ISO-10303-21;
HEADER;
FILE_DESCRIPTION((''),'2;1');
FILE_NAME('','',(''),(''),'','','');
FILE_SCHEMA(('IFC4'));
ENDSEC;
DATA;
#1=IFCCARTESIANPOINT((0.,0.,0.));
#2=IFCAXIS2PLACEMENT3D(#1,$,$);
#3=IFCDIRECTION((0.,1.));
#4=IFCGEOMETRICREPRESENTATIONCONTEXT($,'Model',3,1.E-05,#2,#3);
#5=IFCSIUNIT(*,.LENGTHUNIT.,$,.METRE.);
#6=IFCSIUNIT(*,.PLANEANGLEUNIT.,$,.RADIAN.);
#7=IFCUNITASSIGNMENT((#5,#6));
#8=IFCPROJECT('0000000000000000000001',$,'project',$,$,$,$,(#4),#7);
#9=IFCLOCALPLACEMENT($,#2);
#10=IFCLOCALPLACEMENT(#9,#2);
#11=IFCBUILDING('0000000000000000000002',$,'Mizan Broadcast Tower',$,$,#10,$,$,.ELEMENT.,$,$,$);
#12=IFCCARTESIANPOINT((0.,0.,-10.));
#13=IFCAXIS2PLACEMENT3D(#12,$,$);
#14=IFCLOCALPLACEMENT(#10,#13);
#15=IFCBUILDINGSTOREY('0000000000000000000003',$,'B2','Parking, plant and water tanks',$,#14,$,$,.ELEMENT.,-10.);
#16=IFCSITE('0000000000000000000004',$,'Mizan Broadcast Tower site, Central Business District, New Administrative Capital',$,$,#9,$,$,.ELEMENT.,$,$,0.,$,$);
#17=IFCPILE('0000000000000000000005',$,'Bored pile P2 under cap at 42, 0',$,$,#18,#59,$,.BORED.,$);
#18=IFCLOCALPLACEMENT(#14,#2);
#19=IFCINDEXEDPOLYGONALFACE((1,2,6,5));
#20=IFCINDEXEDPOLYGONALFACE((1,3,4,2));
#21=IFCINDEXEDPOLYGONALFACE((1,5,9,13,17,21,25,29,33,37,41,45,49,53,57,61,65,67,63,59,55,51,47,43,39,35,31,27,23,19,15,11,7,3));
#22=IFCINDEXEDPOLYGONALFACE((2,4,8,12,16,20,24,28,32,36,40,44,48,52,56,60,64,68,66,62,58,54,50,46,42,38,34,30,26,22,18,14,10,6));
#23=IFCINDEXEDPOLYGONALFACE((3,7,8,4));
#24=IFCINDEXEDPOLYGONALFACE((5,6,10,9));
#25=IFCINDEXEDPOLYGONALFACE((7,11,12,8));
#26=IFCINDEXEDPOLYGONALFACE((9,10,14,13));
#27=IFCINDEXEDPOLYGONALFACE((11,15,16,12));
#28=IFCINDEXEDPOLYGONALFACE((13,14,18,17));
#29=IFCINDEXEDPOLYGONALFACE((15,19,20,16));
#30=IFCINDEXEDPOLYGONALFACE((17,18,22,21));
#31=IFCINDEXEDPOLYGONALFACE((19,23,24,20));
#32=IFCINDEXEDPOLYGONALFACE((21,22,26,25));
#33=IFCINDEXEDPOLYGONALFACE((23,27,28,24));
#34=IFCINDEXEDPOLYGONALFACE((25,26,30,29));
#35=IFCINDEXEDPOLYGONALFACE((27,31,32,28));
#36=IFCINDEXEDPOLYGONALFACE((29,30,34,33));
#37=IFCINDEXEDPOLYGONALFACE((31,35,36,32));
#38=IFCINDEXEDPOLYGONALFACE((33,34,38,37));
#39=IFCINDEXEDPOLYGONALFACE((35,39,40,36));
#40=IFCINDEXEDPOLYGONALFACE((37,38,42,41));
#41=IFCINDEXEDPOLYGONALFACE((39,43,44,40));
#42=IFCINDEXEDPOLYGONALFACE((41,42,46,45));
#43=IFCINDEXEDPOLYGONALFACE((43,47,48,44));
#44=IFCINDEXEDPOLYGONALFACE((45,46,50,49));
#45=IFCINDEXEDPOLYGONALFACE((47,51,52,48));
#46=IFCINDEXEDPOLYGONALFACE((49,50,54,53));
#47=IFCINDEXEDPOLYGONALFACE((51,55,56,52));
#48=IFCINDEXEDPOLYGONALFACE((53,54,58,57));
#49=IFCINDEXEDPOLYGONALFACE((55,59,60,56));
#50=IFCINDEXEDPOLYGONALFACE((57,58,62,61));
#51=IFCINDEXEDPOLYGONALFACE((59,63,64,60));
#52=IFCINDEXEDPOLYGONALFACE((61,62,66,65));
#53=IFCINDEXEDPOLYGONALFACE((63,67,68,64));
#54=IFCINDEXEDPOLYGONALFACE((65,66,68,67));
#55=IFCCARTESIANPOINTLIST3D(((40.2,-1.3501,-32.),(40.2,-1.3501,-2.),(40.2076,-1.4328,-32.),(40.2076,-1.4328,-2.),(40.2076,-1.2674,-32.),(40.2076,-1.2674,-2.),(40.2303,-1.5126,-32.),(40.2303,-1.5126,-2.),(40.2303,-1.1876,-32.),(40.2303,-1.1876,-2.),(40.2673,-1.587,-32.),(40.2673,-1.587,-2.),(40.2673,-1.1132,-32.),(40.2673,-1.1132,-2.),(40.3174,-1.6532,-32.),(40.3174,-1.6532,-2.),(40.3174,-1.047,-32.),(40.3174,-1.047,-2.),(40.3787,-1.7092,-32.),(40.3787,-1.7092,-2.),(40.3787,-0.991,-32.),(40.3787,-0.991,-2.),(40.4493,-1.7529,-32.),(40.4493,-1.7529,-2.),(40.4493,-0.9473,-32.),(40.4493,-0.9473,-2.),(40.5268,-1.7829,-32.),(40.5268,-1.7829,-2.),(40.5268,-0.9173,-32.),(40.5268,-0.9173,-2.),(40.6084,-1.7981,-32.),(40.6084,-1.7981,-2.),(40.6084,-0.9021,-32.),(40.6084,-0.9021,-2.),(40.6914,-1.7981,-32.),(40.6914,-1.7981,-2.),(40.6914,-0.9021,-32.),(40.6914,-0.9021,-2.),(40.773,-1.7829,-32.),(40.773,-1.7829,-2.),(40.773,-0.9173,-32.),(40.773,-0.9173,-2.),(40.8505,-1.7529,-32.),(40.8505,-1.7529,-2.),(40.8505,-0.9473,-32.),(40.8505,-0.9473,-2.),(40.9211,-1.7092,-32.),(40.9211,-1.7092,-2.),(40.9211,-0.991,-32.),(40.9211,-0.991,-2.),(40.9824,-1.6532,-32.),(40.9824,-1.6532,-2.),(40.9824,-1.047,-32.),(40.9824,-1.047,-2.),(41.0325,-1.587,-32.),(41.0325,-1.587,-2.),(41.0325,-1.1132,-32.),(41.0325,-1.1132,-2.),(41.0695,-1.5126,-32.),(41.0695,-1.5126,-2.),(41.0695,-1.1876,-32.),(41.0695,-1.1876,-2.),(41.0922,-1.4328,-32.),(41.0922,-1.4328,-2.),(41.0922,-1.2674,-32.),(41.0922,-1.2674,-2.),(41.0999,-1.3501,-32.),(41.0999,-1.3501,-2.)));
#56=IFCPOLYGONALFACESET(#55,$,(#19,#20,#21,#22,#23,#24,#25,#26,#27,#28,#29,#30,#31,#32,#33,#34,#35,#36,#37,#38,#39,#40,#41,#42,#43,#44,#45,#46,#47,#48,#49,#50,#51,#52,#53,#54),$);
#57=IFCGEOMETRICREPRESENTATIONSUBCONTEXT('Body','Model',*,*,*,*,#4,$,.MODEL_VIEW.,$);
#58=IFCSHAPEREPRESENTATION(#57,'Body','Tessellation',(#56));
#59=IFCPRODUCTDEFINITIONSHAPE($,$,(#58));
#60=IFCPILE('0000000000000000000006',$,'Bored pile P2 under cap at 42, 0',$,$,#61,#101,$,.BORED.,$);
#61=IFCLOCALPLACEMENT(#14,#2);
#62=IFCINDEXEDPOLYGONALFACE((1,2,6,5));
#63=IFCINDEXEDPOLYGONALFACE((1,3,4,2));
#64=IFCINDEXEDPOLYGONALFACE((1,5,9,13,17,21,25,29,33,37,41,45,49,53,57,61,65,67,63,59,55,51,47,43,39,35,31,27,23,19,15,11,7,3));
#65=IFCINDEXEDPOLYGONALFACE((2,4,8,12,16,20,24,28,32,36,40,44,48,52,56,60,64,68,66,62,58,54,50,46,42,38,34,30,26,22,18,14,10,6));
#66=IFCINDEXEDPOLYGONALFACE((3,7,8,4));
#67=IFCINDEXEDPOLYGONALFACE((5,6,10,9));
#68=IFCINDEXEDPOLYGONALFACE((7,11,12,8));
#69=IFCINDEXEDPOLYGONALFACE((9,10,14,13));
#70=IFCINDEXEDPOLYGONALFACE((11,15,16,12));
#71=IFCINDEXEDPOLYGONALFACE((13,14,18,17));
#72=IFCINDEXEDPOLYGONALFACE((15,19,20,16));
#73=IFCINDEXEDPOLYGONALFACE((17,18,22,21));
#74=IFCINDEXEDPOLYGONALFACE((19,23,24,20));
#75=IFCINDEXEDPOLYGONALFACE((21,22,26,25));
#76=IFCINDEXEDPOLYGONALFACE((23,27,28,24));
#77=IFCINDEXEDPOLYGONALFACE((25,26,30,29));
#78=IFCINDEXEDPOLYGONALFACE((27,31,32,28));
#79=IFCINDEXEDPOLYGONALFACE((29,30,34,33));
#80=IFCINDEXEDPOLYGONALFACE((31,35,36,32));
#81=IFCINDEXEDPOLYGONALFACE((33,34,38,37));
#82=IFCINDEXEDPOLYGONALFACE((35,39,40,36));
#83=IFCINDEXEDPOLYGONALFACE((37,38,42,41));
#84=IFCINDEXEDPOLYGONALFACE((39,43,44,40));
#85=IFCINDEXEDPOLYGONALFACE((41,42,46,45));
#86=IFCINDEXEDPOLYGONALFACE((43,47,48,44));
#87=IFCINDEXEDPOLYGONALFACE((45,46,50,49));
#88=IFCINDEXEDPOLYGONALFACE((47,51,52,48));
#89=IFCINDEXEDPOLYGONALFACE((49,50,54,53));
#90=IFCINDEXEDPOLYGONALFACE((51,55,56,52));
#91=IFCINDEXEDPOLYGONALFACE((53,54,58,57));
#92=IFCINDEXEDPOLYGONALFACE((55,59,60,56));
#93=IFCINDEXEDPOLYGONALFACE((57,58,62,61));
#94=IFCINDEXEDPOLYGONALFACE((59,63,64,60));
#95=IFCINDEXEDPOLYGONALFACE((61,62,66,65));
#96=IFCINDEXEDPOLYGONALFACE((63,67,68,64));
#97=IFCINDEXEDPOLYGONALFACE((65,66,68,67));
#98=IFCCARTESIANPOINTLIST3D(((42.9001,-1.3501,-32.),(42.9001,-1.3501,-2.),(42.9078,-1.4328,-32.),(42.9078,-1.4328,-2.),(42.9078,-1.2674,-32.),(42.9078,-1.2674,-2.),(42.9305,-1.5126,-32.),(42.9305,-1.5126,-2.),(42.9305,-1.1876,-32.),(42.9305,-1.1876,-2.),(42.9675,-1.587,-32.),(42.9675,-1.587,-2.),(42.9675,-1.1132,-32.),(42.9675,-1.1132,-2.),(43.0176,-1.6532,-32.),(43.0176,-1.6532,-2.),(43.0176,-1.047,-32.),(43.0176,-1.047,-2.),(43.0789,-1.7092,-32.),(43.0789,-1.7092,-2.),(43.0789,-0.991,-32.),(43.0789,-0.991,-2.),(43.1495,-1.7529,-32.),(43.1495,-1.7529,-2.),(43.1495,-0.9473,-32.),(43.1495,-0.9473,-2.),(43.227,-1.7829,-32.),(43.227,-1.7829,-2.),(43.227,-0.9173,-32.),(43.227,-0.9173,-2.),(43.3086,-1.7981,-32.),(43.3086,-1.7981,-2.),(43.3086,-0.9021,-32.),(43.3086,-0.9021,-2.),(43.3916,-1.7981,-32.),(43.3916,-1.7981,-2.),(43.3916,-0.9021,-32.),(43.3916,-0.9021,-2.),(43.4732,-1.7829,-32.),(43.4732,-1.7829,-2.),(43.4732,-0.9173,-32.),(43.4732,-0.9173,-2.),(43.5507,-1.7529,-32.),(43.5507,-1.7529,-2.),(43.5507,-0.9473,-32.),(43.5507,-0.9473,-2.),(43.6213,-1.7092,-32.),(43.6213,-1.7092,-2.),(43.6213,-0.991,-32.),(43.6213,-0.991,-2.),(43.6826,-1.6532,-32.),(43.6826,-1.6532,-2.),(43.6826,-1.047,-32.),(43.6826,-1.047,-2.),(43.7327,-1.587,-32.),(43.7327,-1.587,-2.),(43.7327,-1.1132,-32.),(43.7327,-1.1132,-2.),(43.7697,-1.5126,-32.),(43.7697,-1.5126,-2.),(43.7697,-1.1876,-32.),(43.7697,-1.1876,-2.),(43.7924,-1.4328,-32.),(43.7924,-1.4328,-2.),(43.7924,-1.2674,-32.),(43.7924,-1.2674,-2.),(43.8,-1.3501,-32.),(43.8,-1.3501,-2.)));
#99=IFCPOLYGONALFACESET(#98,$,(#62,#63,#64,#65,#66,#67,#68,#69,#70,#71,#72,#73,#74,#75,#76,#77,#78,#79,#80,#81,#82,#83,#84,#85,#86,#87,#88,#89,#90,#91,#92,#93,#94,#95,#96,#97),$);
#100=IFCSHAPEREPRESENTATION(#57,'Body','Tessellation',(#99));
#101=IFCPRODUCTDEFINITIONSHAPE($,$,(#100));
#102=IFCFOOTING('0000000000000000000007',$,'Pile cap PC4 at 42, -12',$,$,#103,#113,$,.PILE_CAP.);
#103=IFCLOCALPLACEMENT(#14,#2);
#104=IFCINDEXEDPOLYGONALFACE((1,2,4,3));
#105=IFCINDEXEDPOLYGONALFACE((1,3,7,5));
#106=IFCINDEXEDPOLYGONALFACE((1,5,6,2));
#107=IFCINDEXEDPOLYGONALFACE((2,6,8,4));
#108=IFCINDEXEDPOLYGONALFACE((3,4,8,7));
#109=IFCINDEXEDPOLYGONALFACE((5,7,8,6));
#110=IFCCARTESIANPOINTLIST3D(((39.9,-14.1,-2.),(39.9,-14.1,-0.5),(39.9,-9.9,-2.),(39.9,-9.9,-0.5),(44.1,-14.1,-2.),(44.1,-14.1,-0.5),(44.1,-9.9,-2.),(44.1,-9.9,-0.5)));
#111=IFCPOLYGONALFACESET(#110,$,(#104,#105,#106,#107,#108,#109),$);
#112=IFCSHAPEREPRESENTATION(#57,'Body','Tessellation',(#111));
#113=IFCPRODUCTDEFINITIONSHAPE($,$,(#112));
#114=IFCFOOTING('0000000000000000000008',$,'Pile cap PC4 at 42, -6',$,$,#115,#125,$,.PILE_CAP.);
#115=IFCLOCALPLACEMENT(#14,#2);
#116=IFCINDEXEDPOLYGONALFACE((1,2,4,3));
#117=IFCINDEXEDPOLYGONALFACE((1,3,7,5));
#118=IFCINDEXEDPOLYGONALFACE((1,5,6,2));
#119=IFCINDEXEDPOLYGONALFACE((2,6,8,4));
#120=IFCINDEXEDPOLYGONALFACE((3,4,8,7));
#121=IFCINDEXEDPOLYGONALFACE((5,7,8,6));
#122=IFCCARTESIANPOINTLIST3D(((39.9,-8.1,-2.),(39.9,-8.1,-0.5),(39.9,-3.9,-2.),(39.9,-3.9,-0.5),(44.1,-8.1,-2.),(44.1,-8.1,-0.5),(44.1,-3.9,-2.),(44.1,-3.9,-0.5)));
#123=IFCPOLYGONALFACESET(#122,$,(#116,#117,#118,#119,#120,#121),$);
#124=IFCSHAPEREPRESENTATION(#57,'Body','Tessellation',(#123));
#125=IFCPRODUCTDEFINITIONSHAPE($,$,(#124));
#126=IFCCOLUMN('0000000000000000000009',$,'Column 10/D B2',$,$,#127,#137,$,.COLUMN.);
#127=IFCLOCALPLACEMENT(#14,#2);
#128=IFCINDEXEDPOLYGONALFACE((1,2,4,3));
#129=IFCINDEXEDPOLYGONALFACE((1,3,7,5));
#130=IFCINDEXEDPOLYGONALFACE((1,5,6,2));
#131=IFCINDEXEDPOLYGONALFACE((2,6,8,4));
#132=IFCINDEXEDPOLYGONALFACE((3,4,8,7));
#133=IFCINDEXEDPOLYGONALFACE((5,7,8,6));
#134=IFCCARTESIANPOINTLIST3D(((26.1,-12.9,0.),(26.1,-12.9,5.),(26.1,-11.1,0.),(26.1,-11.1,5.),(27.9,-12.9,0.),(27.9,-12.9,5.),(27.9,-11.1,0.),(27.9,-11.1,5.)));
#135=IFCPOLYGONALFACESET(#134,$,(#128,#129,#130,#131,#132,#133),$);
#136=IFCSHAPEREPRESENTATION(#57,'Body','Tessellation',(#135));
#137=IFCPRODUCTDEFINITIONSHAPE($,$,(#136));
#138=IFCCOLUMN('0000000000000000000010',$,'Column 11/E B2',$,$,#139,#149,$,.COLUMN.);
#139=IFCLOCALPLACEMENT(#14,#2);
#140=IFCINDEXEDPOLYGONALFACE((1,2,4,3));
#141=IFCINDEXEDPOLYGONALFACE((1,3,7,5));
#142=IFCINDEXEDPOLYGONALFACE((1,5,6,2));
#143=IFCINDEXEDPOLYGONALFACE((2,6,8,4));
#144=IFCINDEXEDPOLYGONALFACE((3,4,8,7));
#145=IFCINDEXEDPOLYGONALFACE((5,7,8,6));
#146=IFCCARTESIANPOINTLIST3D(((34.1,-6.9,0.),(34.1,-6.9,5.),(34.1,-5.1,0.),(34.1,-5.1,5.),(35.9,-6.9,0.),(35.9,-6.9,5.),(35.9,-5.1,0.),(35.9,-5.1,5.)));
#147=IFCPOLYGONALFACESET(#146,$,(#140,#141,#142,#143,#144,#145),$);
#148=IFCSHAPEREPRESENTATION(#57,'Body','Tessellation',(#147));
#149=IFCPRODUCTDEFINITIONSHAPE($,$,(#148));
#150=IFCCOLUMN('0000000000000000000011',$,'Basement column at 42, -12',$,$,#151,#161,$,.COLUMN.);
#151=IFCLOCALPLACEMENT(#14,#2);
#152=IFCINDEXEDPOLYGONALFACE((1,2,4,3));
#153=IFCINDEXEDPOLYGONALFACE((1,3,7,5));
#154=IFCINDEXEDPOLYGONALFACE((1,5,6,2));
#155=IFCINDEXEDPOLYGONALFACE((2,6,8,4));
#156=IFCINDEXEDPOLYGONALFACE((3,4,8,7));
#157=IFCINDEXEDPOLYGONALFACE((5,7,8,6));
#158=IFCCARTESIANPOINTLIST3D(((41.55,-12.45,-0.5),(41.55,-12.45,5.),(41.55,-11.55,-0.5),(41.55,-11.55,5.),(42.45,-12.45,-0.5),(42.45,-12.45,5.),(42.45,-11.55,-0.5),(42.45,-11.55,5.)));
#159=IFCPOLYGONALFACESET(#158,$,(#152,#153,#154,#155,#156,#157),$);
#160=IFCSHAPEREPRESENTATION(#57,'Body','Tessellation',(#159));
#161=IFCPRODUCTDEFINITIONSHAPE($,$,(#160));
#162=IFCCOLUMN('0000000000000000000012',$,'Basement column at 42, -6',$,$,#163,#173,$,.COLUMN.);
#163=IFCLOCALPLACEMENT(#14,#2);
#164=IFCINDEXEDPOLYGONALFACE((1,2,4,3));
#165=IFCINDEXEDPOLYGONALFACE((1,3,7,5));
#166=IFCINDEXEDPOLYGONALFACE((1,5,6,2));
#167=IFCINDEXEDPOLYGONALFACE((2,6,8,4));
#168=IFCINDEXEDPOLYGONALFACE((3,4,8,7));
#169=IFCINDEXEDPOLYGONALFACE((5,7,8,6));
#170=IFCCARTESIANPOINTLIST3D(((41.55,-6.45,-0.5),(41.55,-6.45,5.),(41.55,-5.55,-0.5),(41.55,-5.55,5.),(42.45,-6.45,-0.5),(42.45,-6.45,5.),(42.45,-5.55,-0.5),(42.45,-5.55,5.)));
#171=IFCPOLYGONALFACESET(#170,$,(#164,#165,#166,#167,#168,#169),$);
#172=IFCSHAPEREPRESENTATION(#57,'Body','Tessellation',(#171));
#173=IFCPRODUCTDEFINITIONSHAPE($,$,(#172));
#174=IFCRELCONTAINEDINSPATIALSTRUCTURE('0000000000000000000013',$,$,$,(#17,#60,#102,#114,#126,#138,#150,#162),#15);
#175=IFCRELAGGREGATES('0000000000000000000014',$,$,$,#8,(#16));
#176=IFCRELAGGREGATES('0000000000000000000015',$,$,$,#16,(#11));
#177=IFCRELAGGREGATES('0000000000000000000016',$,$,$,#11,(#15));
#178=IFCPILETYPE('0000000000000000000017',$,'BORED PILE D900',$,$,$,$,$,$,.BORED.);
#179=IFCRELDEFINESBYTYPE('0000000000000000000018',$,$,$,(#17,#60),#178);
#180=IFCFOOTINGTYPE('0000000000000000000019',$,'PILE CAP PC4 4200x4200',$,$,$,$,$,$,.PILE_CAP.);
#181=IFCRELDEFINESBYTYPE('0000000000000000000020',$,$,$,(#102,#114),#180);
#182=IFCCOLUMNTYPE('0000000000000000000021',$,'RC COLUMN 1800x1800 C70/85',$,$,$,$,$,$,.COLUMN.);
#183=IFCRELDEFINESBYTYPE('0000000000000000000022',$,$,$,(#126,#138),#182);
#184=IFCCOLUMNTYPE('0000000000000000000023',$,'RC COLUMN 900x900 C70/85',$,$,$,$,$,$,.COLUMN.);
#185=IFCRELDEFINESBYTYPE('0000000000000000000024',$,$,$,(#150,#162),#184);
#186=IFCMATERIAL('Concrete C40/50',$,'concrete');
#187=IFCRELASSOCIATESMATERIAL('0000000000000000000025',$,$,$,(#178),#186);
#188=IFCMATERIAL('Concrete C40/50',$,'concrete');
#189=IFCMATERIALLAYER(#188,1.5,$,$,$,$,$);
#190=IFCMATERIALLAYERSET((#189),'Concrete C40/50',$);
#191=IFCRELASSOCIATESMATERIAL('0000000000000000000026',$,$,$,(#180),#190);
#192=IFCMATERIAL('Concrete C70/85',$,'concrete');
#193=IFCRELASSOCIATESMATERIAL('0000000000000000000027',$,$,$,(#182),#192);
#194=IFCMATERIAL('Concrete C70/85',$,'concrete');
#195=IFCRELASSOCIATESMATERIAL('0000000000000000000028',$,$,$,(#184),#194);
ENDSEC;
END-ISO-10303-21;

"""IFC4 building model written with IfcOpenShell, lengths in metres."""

from ifc_helpers import new_model, si_unit, direction, frame, origin, origin_2d, place, context, subcontext, project, spatial, rectangle, circle, extrude, material, layer, layer_set, material_profile, profile_set, type_object, element, save


model = new_model("IFC4")

# Units and contexts
model_context = context("Model", 3, precision=1e-05, world=origin(), true_north=direction((0.0, 1.0)))
body_context = subcontext(model_context, "Body", "Model", "MODEL_VIEW")
ifc_project = project(units=[si_unit("LENGTHUNIT", "METRE"), si_unit("PLANEANGLEUNIT", "RADIAN")], contexts=[model_context])

# Site, building, storey
site_placement = place(None, origin())
site = spatial("IfcSite", under=ifc_project, at=site_placement, Name="Mizan Broadcast Tower site, Central Business District, New Administrative Capital", CompositionType="ELEMENT", RefElevation=0.0)
building_placement = place(site_placement, origin())
building = spatial("IfcBuilding", under=site, at=building_placement, Name="Mizan Broadcast Tower", CompositionType="ELEMENT")
storey_placement = place(building_placement, frame((0.0, 0.0, -10.0)))
storey = spatial("IfcBuildingStorey", under=building, at=storey_placement, Name="B2", Description="Parking, plant and water tanks", CompositionType="ELEMENT", Elevation=-10.0)

# Piles
ifc_material_1 = material(Name="Concrete C40/50", Category="concrete")
ifc_material_profile_1 = material_profile(ifc_material_1, circle(Radius=0.45, at=origin_2d()), Name="D900")
ifc_profile_set_1 = profile_set([ifc_material_profile_1], Name="Concrete C40/50")
pile_type_1 = type_object("IfcPileType", Name="BORED PILE D900", PredefinedType="BORED", material=ifc_profile_set_1)
for number, where, z_axis, x_axis, name in (
    (1, (40.6499, -1.3501, -2.0), (0.0, 0.0, -1.0), (1.0, 0.0, 0.0), "Bored pile P2 under cap at 42, 0"),
    (2, (43.3501, -1.3501, -2.0), (0.0, 0.0, -1.0), (1.0, 0.0, 0.0), "Bored pile P2 under cap at 42, 0"),
):
    element("IfcPile", number, at=place(storey_placement, frame(where, z_axis=z_axis, x_axis=x_axis)), inside=storey, type_object=pile_type_1, Name=name, PredefinedType="BORED", context=body_context, shape_type="SweptSolid", body=[
        extrude(circle(Radius=0.45, at=origin_2d()), origin(), (0.0, 0.0, 1.0), 30.0),
    ])

# Footings
ifc_material_2 = material(Name="Concrete C40/50", Category="concrete")
ifc_layer = layer(ifc_material_2, 1.5)
ifc_layer_set = layer_set([ifc_layer], Name="Concrete C40/50")
footing_type = type_object("IfcFootingType", Name="PILE CAP PC4 4200x4200", PredefinedType="PILE_CAP", material=ifc_layer_set)
for number, where, z_axis, x_axis, name in (
    (3, (42.0, -12.0, -2.0), (0.0, 0.0, 1.0), (1.0, 0.0, 0.0), "Pile cap PC4 at 42, -12"),
    (4, (42.0, -6.0, -2.0), (0.0, 0.0, 1.0), (1.0, 0.0, 0.0), "Pile cap PC4 at 42, -6"),
):
    element("IfcFooting", number, at=place(storey_placement, frame(where, z_axis=z_axis, x_axis=x_axis)), inside=storey, type_object=footing_type, Name=name, PredefinedType="PILE_CAP", context=body_context, shape_type="SweptSolid", body=[
        extrude(rectangle(XDim=4.2, YDim=4.2, at=origin_2d()), origin(), (0.0, 0.0, 1.0), 1.5),
    ])

# Columns
ifc_material_3 = material(Name="Concrete C70/85", Category="concrete")
ifc_material_profile_2 = material_profile(ifc_material_3, rectangle(XDim=1.8, YDim=1.8, at=origin_2d()), Name="RC 1800x1800")
ifc_profile_set_2 = profile_set([ifc_material_profile_2], Name="Concrete C70/85")
column_type_1 = type_object("IfcColumnType", Name="RC COLUMN 1800x1800 C70/85", PredefinedType="COLUMN", material=ifc_profile_set_2)
for number, where, z_axis, x_axis, name in (
    (5, (27.0, -12.0, 0.0), (0.0, 0.0, 1.0), (1.0, 0.0, 0.0), "Column 10/D B2"),
    (6, (35.0, -6.0, 0.0), (0.0, 0.0, 1.0), (1.0, 0.0, 0.0), "Column 11/E B2"),
):
    element("IfcColumn", number, at=place(storey_placement, frame(where, z_axis=z_axis, x_axis=x_axis)), inside=storey, type_object=column_type_1, Name=name, PredefinedType="COLUMN", context=body_context, shape_type="SweptSolid", body=[
        extrude(rectangle(XDim=1.8, YDim=1.8, at=origin_2d()), origin(), (0.0, 0.0, 1.0), 5.0),
    ])
ifc_material_4 = material(Name="Concrete C70/85", Category="concrete")
ifc_material_profile_3 = material_profile(ifc_material_4, rectangle(XDim=0.8999, YDim=0.8999, at=origin_2d()), Name="RC 900x900")
ifc_profile_set_3 = profile_set([ifc_material_profile_3], Name="Concrete C70/85")
column_type_2 = type_object("IfcColumnType", Name="RC COLUMN 900x900 C70/85", PredefinedType="COLUMN", material=ifc_profile_set_3)
for number, where, z_axis, x_axis, name in (
    (7, (42.0, -12.0, -0.5), (0.0, 0.0, 1.0), (1.0, 0.0, 0.0), "Basement column at 42, -12"),
    (8, (42.0, -6.0, -0.5), (0.0, 0.0, 1.0), (1.0, 0.0, 0.0), "Basement column at 42, -6"),
):
    element("IfcColumn", number, at=place(storey_placement, frame(where, z_axis=z_axis, x_axis=x_axis)), inside=storey, type_object=column_type_2, Name=name, PredefinedType="COLUMN", context=body_context, shape_type="SweptSolid", body=[
        extrude(rectangle(XDim=0.8999, YDim=0.8999, at=origin_2d()), origin(), (0.0, 0.0, 1.0), 5.5),
    ])

save(model, "model.ifc")
